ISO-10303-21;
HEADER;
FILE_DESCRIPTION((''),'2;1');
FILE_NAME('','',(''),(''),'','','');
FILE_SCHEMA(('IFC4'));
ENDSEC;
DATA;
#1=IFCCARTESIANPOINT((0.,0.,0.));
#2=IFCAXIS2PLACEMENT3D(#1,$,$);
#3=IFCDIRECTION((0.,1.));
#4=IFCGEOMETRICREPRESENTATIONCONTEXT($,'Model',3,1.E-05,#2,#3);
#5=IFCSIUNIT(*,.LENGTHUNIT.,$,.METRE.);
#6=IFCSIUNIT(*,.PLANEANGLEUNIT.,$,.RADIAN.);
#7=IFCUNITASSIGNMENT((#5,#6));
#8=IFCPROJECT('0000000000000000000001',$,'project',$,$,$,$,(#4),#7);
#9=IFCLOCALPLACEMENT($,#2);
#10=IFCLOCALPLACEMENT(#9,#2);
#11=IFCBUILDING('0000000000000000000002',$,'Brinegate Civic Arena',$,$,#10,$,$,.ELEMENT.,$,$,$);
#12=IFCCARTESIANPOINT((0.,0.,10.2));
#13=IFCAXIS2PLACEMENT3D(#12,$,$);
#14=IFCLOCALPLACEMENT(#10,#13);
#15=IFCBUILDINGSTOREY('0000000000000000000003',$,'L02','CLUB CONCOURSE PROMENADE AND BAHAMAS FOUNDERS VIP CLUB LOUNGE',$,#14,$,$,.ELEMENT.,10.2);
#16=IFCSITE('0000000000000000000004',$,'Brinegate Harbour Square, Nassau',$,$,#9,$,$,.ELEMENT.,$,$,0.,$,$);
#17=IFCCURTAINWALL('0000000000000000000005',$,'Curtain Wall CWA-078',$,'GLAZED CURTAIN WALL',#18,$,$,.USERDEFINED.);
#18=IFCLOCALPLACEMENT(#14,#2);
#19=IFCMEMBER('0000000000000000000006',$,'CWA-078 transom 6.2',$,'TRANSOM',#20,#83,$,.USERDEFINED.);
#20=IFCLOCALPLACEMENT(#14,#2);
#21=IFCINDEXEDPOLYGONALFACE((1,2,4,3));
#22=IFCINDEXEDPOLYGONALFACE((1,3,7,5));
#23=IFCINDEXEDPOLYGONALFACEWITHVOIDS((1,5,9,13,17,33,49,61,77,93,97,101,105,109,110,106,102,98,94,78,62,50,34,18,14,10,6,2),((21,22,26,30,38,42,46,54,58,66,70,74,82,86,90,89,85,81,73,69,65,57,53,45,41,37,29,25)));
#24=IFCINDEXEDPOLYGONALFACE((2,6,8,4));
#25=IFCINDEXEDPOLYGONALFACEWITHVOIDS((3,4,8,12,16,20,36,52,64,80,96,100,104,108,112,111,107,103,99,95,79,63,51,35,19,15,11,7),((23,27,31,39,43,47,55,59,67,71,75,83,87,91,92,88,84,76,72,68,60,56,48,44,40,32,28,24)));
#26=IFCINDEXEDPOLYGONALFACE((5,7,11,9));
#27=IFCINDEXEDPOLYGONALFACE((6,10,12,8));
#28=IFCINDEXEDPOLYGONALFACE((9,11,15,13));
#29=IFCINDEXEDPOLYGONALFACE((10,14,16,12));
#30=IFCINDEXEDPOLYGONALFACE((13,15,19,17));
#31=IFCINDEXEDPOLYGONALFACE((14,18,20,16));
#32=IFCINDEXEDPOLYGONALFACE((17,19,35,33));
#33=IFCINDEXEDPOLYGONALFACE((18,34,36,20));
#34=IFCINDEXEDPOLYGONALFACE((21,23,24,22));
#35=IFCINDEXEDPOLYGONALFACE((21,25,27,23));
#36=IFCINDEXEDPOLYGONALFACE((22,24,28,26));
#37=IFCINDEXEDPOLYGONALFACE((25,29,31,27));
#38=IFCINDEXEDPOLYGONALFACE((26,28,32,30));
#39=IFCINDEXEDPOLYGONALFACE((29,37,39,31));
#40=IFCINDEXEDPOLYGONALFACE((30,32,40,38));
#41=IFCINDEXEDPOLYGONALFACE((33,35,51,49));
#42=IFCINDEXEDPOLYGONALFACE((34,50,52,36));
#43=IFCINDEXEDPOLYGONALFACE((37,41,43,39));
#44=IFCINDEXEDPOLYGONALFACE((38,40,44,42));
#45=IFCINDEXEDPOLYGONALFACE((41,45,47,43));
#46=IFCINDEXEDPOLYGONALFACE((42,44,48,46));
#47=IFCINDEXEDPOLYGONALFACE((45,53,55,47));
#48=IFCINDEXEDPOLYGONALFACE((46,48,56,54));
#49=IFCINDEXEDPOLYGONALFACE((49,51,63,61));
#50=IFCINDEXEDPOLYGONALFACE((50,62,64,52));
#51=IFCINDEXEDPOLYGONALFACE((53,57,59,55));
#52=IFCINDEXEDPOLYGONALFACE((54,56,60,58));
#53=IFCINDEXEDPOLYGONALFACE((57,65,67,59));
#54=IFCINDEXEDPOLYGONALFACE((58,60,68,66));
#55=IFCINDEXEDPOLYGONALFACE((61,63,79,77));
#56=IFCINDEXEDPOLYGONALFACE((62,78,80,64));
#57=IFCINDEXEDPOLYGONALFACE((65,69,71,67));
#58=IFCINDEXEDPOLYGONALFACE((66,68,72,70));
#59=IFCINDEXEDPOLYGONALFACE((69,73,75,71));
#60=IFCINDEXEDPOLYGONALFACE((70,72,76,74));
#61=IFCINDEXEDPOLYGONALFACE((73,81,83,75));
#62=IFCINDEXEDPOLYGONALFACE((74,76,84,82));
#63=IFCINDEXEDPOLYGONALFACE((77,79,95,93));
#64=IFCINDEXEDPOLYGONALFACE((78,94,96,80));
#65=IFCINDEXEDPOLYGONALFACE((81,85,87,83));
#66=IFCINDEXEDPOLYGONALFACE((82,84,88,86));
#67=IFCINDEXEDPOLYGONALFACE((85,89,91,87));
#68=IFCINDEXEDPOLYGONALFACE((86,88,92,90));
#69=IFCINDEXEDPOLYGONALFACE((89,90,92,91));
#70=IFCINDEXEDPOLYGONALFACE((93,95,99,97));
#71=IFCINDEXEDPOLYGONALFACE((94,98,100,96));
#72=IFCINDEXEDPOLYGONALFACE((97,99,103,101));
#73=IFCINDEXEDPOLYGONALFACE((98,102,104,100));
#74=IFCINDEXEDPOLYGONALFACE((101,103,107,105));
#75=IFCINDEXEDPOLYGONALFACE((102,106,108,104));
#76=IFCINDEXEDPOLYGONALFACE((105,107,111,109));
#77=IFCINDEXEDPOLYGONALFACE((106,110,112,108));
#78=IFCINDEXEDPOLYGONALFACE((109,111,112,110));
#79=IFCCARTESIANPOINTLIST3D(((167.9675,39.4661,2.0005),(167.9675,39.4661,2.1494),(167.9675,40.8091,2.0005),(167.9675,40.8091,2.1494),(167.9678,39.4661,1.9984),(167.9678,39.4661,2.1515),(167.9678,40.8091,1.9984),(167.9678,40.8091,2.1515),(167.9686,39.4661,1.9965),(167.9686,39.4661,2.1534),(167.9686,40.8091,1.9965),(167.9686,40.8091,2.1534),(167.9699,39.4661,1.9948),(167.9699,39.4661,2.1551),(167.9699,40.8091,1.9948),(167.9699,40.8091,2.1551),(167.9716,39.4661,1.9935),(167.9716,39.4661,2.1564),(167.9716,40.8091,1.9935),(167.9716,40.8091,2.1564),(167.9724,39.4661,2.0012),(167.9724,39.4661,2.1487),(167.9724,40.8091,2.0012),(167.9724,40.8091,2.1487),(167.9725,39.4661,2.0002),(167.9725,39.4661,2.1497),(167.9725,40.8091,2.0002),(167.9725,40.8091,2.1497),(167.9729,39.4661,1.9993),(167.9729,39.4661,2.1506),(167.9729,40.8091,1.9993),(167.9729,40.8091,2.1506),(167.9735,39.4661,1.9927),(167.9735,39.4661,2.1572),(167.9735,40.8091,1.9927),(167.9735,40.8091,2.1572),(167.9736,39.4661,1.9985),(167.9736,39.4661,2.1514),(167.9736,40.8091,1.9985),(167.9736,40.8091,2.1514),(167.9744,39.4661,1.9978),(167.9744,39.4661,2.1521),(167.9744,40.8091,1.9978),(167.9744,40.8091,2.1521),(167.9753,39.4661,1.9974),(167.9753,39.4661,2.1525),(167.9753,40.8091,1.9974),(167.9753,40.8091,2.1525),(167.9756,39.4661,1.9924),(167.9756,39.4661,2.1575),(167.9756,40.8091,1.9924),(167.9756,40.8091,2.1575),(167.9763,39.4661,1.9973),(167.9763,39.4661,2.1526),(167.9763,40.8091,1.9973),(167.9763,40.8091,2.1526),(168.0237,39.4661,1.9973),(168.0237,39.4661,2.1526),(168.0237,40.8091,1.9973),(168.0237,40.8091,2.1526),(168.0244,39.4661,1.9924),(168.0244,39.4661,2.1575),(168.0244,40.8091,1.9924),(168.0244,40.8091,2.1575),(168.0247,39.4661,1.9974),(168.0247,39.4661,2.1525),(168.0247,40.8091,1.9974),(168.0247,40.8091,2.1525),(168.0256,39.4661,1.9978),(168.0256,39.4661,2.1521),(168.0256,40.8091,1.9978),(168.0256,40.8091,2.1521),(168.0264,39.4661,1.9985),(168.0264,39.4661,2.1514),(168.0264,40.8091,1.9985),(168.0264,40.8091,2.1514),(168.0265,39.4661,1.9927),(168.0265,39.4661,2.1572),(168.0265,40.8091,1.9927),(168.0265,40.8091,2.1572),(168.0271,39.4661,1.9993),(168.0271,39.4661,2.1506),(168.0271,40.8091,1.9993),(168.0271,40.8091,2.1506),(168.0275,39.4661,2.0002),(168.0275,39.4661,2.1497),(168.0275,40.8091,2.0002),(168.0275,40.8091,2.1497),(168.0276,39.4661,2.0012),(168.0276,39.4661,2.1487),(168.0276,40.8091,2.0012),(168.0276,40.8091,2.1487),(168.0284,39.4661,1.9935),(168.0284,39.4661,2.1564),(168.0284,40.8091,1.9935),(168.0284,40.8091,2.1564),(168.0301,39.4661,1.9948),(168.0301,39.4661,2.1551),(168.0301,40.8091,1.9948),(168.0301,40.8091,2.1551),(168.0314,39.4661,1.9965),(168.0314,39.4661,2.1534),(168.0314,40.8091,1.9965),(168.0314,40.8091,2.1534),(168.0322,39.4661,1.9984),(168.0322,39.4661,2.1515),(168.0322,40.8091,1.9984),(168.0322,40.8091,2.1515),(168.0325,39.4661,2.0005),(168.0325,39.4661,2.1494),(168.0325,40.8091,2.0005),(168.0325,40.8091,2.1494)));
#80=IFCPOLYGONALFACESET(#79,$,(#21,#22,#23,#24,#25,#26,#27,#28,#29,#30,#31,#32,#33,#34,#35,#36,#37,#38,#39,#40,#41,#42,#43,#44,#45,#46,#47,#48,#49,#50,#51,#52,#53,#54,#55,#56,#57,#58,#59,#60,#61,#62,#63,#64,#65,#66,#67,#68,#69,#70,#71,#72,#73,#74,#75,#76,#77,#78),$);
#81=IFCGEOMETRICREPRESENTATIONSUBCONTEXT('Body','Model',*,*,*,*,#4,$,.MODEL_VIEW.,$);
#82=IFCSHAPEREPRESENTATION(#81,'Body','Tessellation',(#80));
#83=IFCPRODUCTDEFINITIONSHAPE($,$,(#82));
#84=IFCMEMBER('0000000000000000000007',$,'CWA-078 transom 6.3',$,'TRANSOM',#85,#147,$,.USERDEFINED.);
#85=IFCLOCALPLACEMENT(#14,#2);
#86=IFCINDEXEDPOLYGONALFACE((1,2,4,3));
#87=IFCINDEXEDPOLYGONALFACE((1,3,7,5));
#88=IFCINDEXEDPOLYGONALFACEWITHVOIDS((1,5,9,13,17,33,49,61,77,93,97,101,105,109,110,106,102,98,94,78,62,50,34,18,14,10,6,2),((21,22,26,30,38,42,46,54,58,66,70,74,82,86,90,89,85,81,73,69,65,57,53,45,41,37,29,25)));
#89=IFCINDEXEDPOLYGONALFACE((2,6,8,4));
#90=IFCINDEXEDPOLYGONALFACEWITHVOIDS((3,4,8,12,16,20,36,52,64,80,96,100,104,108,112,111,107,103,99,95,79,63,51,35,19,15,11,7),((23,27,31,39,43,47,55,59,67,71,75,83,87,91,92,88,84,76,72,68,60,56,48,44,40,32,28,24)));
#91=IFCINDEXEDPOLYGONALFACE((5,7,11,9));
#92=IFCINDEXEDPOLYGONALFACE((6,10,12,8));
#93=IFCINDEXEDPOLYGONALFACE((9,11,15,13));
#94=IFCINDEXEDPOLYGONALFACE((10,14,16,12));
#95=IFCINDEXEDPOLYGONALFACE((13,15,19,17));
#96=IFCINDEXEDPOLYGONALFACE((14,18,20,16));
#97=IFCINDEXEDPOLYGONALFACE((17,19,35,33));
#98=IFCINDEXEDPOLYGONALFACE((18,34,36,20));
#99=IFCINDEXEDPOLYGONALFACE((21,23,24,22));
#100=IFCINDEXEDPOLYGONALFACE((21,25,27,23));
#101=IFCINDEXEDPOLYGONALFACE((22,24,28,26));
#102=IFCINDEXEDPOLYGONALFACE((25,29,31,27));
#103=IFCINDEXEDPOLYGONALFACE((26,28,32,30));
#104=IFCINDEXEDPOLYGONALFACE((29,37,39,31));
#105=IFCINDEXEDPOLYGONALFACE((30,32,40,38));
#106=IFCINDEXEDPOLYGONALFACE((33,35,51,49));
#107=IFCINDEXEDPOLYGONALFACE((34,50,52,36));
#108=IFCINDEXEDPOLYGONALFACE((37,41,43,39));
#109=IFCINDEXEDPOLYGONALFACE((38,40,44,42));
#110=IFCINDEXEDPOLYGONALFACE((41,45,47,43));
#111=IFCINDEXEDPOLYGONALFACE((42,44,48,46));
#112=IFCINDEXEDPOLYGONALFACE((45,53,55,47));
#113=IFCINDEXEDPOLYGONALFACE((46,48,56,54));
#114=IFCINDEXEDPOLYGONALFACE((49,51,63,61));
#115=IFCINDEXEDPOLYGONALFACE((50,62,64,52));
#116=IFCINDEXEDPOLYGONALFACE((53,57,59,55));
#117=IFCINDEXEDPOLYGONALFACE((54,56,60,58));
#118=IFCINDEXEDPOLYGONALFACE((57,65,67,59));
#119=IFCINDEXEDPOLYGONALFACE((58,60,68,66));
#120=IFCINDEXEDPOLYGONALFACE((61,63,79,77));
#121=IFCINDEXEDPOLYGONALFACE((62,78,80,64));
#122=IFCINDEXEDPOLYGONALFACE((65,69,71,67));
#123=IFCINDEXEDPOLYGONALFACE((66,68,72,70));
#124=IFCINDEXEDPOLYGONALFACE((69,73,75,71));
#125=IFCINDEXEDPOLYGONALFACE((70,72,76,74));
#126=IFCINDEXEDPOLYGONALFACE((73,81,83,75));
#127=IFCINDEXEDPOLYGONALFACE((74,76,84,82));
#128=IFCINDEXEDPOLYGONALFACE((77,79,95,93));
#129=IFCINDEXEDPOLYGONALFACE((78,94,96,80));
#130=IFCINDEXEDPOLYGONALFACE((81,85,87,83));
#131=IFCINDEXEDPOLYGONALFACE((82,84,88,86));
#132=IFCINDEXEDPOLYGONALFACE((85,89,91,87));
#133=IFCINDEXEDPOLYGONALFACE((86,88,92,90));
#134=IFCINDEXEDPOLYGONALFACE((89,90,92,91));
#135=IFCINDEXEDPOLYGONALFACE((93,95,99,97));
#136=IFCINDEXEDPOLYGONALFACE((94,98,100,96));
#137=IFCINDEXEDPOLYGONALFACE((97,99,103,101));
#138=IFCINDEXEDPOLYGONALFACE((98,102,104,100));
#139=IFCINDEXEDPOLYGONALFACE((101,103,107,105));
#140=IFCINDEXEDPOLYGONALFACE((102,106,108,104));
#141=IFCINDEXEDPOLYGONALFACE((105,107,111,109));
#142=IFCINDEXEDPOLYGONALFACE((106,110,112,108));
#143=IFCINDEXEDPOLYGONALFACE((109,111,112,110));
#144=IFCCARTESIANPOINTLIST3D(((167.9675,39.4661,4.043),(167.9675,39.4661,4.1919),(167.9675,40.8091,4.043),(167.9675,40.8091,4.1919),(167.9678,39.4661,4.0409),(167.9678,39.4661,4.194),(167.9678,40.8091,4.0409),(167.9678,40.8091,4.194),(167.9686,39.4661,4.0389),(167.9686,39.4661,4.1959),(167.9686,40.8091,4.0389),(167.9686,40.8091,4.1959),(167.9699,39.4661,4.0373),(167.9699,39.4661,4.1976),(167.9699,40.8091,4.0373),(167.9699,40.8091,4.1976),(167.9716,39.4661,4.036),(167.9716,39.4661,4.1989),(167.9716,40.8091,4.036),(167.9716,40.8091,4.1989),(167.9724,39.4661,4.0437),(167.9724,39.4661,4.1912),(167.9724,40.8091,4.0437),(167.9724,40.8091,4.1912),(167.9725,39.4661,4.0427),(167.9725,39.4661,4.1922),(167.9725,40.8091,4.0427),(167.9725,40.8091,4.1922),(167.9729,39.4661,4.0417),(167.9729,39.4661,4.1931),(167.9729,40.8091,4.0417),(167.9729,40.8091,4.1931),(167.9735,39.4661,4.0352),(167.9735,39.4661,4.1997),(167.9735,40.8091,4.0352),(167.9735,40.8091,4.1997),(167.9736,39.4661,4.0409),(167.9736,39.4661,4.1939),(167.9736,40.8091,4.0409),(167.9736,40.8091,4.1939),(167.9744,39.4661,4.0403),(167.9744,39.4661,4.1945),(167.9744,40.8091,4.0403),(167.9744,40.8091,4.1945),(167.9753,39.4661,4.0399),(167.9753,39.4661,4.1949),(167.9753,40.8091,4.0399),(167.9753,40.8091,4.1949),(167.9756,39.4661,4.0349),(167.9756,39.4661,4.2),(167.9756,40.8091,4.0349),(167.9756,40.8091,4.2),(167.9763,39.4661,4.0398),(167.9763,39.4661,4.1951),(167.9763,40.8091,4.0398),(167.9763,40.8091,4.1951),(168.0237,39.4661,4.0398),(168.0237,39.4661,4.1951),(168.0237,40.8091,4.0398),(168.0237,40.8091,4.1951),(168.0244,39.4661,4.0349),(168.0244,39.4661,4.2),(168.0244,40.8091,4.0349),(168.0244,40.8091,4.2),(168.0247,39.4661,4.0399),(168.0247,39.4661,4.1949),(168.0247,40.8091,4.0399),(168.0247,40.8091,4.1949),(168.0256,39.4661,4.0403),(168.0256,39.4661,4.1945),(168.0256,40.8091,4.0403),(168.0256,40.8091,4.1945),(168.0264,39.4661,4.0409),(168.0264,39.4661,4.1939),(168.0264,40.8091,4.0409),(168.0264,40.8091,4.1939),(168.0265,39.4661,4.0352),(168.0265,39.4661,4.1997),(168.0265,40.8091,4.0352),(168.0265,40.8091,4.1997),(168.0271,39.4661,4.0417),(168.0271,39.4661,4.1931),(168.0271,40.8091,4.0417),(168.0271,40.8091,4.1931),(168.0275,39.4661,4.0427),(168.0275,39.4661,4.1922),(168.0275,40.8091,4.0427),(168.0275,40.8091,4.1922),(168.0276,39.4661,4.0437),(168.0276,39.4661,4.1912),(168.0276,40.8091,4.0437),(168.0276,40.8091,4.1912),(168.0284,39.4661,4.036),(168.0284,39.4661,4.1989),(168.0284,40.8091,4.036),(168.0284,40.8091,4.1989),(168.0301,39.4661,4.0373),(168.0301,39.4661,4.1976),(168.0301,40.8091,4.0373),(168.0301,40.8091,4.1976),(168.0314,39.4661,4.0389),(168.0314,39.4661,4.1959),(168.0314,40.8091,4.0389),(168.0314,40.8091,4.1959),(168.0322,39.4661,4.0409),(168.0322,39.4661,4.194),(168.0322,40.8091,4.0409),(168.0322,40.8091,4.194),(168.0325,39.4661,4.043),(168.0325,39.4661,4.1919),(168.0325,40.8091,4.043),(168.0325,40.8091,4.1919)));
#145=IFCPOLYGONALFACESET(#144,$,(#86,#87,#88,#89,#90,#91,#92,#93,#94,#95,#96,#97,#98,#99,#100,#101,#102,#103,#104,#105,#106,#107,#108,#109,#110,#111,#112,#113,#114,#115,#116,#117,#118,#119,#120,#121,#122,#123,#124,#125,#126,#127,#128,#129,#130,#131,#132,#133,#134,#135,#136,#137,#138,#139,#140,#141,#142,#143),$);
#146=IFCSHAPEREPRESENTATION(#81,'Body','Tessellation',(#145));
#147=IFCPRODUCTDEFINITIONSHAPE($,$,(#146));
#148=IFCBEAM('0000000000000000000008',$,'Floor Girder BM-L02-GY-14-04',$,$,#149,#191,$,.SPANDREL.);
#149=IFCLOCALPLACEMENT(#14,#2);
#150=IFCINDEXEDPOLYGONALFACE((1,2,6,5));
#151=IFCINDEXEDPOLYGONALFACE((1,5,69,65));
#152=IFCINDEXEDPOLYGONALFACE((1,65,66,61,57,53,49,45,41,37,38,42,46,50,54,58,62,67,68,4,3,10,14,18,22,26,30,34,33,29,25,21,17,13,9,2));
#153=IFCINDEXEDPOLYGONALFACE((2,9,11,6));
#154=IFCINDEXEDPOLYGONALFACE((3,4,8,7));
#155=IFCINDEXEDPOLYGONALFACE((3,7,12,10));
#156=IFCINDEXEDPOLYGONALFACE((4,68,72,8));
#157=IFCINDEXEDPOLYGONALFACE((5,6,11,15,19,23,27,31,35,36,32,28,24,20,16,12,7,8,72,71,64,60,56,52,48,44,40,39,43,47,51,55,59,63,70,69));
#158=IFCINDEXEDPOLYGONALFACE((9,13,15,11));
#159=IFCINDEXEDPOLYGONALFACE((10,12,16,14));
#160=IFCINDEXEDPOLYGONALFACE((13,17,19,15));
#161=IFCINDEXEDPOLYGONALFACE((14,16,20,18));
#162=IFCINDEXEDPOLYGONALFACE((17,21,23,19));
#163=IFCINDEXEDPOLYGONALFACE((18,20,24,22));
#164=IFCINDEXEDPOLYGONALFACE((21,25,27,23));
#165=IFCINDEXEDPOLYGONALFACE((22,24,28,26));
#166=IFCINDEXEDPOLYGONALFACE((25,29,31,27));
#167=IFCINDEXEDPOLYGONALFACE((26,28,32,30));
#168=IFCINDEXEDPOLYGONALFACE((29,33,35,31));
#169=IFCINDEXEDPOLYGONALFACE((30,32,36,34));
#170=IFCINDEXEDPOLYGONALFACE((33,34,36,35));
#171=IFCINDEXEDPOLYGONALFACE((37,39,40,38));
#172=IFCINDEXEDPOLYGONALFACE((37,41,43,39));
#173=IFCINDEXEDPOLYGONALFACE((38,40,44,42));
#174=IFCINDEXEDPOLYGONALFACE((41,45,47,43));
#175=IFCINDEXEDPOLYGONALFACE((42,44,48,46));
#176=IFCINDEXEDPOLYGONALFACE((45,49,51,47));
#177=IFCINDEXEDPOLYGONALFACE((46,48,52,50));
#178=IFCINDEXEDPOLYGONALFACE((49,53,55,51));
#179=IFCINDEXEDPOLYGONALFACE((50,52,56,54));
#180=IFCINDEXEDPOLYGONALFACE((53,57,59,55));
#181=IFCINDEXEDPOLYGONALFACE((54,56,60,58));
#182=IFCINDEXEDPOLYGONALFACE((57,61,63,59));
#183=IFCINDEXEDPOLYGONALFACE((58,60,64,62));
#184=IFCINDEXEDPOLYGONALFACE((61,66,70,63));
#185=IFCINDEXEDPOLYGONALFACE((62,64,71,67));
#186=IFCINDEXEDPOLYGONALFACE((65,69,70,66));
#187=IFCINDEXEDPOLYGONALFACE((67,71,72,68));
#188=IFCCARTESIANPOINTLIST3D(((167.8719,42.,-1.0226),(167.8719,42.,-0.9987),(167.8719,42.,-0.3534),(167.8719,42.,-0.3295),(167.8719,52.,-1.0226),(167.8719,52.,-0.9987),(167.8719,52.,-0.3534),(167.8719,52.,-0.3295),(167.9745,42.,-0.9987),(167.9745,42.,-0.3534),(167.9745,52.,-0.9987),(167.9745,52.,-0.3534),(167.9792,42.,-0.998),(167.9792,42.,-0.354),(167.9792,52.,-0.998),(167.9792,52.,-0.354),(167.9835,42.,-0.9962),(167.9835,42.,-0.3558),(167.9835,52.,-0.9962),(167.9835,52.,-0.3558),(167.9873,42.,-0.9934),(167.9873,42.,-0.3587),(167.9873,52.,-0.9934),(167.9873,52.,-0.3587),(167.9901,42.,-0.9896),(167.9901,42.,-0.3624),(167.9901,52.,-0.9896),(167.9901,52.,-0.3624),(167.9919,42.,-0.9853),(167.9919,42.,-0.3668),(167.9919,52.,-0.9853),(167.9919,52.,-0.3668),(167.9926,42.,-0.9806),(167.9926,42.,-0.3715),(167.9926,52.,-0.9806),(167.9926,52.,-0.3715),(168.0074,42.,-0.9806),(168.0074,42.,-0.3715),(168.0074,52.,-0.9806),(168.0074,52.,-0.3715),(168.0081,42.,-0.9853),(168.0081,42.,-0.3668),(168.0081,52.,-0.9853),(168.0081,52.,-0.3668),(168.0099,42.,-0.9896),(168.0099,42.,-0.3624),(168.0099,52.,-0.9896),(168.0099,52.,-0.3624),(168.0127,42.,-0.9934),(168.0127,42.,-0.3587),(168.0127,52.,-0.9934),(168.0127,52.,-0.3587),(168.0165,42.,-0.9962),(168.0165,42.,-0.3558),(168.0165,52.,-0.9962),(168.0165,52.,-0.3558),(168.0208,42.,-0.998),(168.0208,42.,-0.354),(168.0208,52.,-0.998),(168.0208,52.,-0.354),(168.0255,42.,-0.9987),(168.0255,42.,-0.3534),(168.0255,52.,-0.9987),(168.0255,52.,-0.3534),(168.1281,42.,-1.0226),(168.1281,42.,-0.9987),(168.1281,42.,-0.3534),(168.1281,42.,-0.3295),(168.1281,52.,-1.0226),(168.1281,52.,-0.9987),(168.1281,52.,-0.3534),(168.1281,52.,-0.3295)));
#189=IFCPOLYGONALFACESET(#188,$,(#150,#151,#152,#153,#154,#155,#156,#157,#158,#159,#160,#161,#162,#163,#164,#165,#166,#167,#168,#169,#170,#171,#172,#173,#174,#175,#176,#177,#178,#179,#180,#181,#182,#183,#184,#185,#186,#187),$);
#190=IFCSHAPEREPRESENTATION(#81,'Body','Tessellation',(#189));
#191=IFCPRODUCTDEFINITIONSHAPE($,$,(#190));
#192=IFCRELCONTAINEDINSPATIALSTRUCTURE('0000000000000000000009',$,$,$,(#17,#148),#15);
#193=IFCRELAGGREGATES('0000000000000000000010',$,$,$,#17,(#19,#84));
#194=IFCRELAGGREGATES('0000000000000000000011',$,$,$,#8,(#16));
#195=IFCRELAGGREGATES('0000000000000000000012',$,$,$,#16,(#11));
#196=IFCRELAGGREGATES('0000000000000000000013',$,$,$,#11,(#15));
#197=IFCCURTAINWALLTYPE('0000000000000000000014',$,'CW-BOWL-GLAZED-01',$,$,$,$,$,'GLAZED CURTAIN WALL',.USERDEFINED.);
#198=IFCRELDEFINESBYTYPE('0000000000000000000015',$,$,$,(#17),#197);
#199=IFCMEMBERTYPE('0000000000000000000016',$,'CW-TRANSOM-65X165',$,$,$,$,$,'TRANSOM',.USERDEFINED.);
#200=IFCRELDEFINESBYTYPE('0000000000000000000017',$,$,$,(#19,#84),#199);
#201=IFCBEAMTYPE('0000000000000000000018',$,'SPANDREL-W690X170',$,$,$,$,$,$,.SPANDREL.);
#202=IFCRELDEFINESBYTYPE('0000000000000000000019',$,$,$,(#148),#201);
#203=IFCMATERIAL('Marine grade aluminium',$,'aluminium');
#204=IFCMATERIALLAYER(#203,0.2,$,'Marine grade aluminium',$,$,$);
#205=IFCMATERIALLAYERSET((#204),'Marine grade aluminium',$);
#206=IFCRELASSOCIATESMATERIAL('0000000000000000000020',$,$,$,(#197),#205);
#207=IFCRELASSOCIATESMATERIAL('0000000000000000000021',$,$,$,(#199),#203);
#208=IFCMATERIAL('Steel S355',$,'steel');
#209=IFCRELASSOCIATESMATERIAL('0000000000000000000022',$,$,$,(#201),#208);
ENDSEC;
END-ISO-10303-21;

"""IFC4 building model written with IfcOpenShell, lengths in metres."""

from ifc_helpers import new_model, si_unit, direction, frame, origin, origin_2d, place, context, subcontext, project, spatial, hollow_rectangle, i_section, extrude, material, layer, layer_set, material_profile, profile_set, type_object, element, aggregate, save


model = new_model("IFC4")

# Units and contexts
model_context = context("Model", 3, precision=1e-05, world=origin(), true_north=direction((0.0, 1.0)))
body_context = subcontext(model_context, "Body", "Model", "MODEL_VIEW")
ifc_project = project(units=[si_unit("LENGTHUNIT", "METRE"), si_unit("PLANEANGLEUNIT", "RADIAN")], contexts=[model_context])

# Site, building, storey
site_placement = place(None, origin())
site = spatial("IfcSite", under=ifc_project, at=site_placement, Name="Brinegate Harbour Square, Nassau", CompositionType="ELEMENT", RefElevation=0.0)
building_placement = place(site_placement, origin())
building = spatial("IfcBuilding", under=site, at=building_placement, Name="Brinegate Civic Arena", CompositionType="ELEMENT")
storey_placement = place(building_placement, frame((0.0, 0.0, 10.2)))
storey = spatial("IfcBuildingStorey", under=building, at=storey_placement, Name="L02", Description="CLUB CONCOURSE PROMENADE AND BAHAMAS FOUNDERS VIP CLUB LOUNGE", CompositionType="ELEMENT", Elevation=10.2)

# Curtain wall
ifc_material_1 = material(Name="Marine grade aluminium", Category="aluminium")
ifc_layer_1 = layer(ifc_material_1, 0.2, Name="Marine grade aluminium")
ifc_layer_set_1 = layer_set([ifc_layer_1], Name="Marine grade aluminium")
curtain_wall_type = type_object("IfcCurtainWallType", Name="CW-BOWL-GLAZED-01", ElementType="GLAZED CURTAIN WALL", PredefinedType="USERDEFINED", material=ifc_layer_set_1)
curtain_wall_1_placement = place(storey_placement, origin())
curtain_wall_1 = element("IfcCurtainWall", 1, at=curtain_wall_1_placement, inside=storey, type_object=curtain_wall_type, Name="Curtain Wall CWA-078", ObjectType="GLAZED CURTAIN WALL", PredefinedType="USERDEFINED")

# Members
ifc_material_profile_1 = material_profile(ifc_material_1, hollow_rectangle(XDim=0.0649, YDim=0.165, WallThickness=0.0049, InnerFilletRadius=0.0039, OuterFilletRadius=0.0081, at=origin_2d()), Name="TRN65X165")
ifc_profile_set_1 = profile_set([ifc_material_profile_1], Name="Marine grade aluminium")
member_type_1 = type_object("IfcMemberType", Name="CW-TRANSOM-65X165", ElementType="TRANSOM", PredefinedType="USERDEFINED", material=ifc_profile_set_1)
member_1_placement = place(storey_placement, frame((168.0, 39.4661, 2.075), z_axis=(0.0, 1.0, 0.0), x_axis=(-1.0, 0.0, 0.0)))
member_1 = element("IfcMember", 2, at=member_1_placement, type_object=member_type_1, Name="CWA-078 transom 6.2", ObjectType="TRANSOM", PredefinedType="USERDEFINED", context=body_context, shape_type="SweptSolid", body=[
    extrude(hollow_rectangle(XDim=0.0649, YDim=0.165, WallThickness=0.0049, InnerFilletRadius=0.0039, OuterFilletRadius=0.0081, at=origin_2d()), origin(), (0.0, 0.0, 1.0), 1.343),
])
member_2_placement = place(storey_placement, frame((168.0, 39.4661, 4.1174), z_axis=(0.0, 1.0, 0.0), x_axis=(-1.0, 0.0, 0.0)))
member_2 = element("IfcMember", 3, at=member_2_placement, type_object=member_type_1, Name="CWA-078 transom 6.3", ObjectType="TRANSOM", PredefinedType="USERDEFINED", context=body_context, shape_type="SweptSolid", body=[
    extrude(hollow_rectangle(XDim=0.0649, YDim=0.165, WallThickness=0.0049, InnerFilletRadius=0.0039, OuterFilletRadius=0.0081, at=origin_2d()), origin(), (0.0, 0.0, 1.0), 1.343),
])

# Beam
ifc_material_2 = material(Name="Steel S355", Category="steel")
ifc_material_profile_2 = material_profile(ifc_material_2, i_section(OverallWidth=0.2561, OverallDepth=0.6931, WebThickness=0.0149, FlangeThickness=0.0239, FilletRadius=0.0181, at=origin_2d()), Name="W690X170")
ifc_profile_set_2 = profile_set([ifc_material_profile_2], Name="Steel S355")
beam_type = type_object("IfcBeamType", Name="SPANDREL-W690X170", PredefinedType="SPANDREL", material=ifc_profile_set_2)
beam_placement = place(storey_placement, frame((168.0, 42.0, -0.676), z_axis=(0.0, 1.0, 0.0), x_axis=(-1.0, 0.0, 0.0)))
element("IfcBeam", 4, at=beam_placement, inside=storey, type_object=beam_type, Name="Floor Girder BM-L02-GY-14-04", PredefinedType="SPANDREL", context=body_context, shape_type="SweptSolid", body=[
    extrude(i_section(OverallWidth=0.2561, OverallDepth=0.6931, WebThickness=0.0149, FlangeThickness=0.0239, FilletRadius=0.0181, at=origin_2d()), origin(), (0.0, 0.0, 1.0), 10.0),
])

aggregate(curtain_wall_1, [member_1, member_2])

save(model, "model.ifc")
